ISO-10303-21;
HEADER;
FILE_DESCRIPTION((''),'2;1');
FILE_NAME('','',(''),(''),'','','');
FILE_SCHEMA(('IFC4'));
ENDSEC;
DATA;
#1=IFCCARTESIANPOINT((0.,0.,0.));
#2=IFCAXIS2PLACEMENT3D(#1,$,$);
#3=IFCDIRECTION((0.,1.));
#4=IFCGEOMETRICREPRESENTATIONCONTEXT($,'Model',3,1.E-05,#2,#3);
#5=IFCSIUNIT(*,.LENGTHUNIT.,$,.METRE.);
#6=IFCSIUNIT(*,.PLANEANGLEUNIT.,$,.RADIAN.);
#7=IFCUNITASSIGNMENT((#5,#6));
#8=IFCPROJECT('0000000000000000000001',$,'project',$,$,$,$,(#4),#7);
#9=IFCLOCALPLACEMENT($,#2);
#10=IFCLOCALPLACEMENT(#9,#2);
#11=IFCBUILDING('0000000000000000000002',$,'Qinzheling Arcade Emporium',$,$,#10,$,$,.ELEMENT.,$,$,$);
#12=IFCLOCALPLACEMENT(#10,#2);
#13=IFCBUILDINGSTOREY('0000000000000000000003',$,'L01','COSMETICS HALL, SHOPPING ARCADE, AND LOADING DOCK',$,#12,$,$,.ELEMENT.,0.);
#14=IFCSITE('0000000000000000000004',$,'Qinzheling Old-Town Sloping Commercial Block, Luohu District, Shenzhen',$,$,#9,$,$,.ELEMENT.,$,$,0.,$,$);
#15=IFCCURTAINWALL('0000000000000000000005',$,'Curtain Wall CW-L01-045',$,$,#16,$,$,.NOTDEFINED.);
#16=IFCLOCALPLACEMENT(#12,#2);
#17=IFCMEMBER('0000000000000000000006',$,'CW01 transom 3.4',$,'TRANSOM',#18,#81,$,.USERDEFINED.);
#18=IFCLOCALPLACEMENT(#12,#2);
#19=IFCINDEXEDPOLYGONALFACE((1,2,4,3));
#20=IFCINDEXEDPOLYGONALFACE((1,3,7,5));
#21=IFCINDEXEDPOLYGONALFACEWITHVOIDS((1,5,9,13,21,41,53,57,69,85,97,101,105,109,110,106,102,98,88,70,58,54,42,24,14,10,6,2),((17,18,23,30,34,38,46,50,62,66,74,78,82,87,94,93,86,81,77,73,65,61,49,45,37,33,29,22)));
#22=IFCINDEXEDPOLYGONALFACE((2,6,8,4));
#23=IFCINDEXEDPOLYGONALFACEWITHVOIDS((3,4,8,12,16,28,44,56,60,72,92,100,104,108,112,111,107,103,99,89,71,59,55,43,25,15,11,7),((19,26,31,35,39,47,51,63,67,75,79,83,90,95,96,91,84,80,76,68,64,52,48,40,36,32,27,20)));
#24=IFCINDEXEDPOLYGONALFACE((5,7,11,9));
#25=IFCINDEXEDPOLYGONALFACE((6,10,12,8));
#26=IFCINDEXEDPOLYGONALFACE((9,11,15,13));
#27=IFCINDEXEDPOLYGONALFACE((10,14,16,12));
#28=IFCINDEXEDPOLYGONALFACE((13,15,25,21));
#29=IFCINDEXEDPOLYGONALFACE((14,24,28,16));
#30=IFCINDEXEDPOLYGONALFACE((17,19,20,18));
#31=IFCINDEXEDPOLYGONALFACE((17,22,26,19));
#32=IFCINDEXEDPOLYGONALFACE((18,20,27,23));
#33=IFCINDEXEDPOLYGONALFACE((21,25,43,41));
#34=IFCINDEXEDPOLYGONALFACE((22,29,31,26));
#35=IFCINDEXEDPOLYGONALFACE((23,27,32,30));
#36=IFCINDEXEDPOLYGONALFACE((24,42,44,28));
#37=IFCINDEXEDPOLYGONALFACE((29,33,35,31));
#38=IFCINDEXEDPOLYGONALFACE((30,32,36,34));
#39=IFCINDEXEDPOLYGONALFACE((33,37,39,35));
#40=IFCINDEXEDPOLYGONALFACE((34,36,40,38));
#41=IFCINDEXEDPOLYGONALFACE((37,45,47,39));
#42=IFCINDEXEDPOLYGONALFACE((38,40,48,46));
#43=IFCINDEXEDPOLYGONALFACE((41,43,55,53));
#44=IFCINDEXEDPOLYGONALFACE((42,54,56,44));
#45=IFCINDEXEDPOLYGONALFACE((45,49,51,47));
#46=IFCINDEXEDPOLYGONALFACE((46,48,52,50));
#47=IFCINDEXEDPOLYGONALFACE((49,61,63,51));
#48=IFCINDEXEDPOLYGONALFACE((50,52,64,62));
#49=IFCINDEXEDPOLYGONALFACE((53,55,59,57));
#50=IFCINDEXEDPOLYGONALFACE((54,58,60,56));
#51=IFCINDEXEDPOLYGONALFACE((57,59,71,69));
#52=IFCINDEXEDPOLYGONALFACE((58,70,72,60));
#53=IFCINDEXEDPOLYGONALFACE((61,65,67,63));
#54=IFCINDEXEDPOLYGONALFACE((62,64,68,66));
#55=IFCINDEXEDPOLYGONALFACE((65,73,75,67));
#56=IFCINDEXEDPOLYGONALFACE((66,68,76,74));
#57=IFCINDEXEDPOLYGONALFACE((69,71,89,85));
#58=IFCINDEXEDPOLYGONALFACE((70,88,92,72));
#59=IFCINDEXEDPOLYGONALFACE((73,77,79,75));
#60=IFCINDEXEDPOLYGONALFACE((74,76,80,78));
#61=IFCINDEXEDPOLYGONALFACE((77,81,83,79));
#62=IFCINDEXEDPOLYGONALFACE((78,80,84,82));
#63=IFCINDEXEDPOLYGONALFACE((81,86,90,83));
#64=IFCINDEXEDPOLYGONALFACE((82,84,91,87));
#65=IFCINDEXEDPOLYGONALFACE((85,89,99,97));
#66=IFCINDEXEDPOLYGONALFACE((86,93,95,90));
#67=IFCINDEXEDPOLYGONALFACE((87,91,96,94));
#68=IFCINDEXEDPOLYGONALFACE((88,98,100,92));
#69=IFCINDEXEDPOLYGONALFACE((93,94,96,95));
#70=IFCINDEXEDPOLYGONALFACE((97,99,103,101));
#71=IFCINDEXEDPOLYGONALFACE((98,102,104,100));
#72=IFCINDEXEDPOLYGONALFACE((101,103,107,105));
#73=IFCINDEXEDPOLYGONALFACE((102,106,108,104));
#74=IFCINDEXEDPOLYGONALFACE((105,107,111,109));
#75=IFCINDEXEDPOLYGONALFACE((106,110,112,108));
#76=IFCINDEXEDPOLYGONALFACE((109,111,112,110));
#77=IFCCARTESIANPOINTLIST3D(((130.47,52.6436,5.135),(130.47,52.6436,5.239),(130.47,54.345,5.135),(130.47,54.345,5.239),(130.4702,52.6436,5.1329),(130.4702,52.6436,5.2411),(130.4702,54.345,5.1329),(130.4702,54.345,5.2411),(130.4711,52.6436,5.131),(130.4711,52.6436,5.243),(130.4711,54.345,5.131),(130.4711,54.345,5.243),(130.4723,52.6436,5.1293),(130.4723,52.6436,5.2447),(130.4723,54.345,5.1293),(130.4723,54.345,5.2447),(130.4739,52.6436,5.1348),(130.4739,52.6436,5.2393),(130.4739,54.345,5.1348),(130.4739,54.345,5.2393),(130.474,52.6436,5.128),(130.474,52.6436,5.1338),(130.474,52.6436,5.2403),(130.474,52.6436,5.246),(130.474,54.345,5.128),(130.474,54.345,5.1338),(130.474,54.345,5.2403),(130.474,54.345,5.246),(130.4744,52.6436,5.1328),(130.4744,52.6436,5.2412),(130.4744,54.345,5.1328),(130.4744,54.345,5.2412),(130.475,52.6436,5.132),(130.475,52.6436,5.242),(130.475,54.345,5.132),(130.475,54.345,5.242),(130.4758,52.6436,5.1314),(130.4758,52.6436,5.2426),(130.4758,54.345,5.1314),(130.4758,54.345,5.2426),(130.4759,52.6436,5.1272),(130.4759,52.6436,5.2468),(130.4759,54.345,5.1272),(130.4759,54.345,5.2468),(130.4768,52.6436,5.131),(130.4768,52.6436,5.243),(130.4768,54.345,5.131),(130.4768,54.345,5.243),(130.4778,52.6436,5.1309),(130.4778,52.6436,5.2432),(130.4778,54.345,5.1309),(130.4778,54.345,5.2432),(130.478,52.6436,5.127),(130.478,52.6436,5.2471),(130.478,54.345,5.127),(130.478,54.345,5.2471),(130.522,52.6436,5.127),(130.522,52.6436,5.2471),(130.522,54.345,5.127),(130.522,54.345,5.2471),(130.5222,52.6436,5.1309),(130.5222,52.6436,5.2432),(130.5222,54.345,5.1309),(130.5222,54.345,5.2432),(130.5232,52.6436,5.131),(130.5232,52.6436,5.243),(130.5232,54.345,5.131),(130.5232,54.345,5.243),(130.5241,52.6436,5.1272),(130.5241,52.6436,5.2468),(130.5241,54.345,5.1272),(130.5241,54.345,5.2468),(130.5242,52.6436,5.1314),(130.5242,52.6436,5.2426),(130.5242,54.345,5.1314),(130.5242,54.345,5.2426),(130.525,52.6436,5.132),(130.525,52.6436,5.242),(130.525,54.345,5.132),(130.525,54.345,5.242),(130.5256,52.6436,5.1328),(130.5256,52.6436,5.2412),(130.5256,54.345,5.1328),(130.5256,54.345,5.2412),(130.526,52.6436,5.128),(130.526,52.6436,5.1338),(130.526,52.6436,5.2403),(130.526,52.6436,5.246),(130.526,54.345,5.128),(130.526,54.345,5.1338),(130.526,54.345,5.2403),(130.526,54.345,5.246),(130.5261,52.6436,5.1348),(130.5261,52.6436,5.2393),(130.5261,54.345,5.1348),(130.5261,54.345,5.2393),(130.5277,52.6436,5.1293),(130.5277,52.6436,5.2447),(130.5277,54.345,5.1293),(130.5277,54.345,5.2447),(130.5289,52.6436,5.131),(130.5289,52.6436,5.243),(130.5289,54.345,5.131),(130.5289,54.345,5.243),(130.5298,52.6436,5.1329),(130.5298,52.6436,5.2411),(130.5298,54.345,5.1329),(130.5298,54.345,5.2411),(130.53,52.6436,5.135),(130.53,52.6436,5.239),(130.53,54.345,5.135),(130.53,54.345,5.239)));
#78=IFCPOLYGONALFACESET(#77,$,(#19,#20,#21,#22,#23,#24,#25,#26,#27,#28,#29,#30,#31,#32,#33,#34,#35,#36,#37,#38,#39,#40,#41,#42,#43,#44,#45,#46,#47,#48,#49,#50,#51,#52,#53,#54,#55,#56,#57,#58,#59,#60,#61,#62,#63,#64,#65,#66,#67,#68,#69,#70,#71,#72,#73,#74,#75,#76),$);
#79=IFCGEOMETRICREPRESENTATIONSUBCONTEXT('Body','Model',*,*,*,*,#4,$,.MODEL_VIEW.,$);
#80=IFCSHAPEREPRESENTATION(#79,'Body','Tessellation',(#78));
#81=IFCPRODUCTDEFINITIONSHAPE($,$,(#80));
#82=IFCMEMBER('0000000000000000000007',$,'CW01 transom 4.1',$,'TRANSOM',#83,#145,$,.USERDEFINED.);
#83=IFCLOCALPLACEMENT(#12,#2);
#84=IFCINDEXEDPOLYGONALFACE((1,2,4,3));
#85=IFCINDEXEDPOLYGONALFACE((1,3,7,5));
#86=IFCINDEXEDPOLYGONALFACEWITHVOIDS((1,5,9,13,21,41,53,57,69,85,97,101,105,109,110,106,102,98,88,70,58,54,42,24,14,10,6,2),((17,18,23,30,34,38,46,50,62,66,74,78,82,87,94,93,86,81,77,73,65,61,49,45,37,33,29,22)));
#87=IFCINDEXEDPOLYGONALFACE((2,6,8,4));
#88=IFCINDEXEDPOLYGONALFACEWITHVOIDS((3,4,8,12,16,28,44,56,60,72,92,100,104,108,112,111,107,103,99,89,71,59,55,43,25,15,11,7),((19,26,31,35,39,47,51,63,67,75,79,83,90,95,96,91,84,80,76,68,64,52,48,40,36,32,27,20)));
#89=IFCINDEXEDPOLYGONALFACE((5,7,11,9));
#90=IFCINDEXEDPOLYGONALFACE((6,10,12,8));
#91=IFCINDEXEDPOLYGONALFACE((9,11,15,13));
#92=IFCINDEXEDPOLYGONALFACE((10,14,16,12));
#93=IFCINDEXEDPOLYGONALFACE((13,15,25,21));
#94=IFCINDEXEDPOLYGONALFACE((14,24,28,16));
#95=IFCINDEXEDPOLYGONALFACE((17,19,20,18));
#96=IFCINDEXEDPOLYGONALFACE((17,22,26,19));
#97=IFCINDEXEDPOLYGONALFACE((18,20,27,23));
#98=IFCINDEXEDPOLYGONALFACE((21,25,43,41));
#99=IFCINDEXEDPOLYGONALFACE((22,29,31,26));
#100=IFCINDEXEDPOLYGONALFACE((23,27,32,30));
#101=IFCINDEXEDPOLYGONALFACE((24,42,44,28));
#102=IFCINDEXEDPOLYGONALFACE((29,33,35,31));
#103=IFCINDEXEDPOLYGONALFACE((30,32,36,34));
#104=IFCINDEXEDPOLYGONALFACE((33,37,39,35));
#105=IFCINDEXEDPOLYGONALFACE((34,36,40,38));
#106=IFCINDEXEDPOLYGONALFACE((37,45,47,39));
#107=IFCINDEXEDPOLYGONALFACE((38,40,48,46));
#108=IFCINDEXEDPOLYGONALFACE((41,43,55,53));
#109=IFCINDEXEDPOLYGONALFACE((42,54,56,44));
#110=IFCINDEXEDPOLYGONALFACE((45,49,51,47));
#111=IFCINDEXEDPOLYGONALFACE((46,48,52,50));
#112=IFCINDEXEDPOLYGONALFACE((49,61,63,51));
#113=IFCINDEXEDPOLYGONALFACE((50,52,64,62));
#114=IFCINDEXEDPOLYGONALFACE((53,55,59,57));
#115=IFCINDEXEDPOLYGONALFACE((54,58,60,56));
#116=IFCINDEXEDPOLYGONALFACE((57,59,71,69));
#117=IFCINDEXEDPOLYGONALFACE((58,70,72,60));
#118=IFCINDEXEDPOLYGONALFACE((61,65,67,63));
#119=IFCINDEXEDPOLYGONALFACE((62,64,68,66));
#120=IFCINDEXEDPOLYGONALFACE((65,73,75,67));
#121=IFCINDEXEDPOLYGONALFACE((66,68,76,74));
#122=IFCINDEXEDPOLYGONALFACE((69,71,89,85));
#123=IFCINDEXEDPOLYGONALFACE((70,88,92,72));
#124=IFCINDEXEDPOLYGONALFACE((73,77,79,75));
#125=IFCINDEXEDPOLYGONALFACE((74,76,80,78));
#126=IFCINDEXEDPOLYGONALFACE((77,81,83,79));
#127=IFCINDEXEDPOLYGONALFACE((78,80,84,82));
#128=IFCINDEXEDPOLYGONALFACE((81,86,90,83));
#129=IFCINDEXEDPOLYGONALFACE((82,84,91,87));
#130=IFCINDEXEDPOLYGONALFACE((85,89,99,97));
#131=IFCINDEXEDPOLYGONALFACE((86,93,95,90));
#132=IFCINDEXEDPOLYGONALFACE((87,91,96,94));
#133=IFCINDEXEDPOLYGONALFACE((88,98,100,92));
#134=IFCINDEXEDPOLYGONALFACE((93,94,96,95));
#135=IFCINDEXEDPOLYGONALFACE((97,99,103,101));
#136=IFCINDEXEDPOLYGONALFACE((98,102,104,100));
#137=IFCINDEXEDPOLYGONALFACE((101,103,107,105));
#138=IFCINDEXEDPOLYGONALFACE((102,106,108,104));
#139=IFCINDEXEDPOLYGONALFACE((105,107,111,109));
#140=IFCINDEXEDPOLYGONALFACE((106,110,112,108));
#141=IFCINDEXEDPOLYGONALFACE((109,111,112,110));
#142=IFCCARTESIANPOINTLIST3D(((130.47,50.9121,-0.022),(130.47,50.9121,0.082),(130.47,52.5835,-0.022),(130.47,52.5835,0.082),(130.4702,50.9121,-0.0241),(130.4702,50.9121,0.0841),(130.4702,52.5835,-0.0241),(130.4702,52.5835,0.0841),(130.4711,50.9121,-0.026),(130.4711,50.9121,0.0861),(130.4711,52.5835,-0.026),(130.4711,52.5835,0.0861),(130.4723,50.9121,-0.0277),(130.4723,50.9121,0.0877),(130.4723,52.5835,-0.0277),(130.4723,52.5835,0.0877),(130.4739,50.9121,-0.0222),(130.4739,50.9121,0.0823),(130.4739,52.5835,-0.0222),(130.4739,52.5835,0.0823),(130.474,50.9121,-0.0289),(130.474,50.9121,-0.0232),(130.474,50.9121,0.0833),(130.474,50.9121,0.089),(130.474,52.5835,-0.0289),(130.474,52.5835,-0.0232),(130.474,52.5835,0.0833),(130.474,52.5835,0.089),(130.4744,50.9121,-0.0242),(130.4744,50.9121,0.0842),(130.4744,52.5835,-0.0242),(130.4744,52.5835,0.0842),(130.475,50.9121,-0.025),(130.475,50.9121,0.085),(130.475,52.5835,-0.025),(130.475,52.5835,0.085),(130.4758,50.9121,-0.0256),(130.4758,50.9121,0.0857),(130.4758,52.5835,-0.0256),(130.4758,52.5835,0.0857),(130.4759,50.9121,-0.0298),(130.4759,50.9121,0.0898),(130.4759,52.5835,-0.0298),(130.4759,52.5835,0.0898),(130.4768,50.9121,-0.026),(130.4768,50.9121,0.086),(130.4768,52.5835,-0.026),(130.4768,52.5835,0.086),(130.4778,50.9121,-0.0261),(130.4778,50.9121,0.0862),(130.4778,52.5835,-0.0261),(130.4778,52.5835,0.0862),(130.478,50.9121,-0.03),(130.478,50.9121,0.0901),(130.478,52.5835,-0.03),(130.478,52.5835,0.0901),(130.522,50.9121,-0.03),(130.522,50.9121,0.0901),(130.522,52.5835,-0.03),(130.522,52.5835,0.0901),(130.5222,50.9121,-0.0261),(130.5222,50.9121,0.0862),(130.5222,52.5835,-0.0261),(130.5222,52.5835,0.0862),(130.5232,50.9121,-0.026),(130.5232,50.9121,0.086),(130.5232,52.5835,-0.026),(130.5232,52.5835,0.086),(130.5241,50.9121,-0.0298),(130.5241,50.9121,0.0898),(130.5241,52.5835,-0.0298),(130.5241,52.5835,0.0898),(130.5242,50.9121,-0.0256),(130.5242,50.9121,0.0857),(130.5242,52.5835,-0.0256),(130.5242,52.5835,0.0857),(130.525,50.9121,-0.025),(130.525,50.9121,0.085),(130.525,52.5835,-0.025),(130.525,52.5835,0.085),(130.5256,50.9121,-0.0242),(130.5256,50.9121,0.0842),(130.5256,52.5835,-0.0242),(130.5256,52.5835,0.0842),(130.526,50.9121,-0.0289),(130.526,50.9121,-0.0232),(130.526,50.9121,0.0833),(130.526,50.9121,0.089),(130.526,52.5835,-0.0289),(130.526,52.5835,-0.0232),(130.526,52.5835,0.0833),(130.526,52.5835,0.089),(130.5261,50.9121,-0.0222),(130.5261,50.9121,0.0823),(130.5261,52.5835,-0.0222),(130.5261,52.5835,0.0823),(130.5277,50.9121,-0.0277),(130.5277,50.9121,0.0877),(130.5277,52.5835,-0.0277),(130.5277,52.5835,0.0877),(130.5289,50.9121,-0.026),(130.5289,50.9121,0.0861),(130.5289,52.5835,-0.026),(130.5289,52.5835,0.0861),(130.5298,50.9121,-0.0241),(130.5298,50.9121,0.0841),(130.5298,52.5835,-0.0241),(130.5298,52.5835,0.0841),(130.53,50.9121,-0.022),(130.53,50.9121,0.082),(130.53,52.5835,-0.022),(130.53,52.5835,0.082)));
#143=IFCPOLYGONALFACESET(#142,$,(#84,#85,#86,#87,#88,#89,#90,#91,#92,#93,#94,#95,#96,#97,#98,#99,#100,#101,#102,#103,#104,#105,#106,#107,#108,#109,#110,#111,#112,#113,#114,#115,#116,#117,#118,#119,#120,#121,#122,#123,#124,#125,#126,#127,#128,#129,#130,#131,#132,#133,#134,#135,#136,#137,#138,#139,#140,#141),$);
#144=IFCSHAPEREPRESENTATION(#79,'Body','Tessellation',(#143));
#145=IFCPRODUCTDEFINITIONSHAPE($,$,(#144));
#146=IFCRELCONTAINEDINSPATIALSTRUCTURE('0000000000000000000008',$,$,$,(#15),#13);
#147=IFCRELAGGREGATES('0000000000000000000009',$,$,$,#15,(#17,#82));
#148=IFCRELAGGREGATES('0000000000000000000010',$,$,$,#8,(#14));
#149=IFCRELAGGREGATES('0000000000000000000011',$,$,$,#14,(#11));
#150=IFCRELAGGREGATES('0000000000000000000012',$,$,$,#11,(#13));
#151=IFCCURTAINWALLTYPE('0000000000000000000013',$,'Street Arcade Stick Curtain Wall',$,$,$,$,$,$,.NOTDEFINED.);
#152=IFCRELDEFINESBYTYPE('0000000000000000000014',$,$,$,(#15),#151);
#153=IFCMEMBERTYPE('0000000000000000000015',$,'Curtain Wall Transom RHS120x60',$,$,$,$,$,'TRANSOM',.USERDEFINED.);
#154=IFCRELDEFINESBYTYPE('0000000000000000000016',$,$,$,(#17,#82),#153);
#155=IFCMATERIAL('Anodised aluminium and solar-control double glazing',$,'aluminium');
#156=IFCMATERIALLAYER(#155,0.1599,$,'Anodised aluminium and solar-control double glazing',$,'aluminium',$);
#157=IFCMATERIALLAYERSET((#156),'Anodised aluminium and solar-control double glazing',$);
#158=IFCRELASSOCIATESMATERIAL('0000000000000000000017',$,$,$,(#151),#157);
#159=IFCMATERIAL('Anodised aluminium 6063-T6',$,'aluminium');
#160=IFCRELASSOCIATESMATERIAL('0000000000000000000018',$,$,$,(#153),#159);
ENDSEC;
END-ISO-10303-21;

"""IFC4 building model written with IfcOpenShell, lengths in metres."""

from ifc_helpers import new_model, si_unit, direction, frame, origin, origin_2d, place, context, subcontext, project, spatial, hollow_rectangle, extrude, material, layer, layer_set, material_profile, profile_set, type_object, element, aggregate, save


model = new_model("IFC4")

# Units and contexts
model_context = context("Model", 3, precision=1e-05, world=origin(), true_north=direction((0.0, 1.0)))
body_context = subcontext(model_context, "Body", "Model", "MODEL_VIEW")
ifc_project = project(units=[si_unit("LENGTHUNIT", "METRE"), si_unit("PLANEANGLEUNIT", "RADIAN")], contexts=[model_context])

# Site, building, storey
site_placement = place(None, origin())
site = spatial("IfcSite", under=ifc_project, at=site_placement, Name="Qinzheling Old-Town Sloping Commercial Block, Luohu District, Shenzhen", CompositionType="ELEMENT", RefElevation=0.0)
building_placement = place(site_placement, origin())
building = spatial("IfcBuilding", under=site, at=building_placement, Name="Qinzheling Arcade Emporium", CompositionType="ELEMENT")
storey_placement = place(building_placement, origin())
storey = spatial("IfcBuildingStorey", under=building, at=storey_placement, Name="L01", Description="COSMETICS HALL, SHOPPING ARCADE, AND LOADING DOCK", CompositionType="ELEMENT", Elevation=0.0)

# Shared definitions
ifc_material_1 = material(Name="Anodised aluminium and solar-control double glazing", Category="aluminium")
ifc_layer_1 = layer(ifc_material_1, 0.1599, Name="Anodised aluminium and solar-control double glazing", Category="aluminium")
ifc_layer_set_1 = layer_set([ifc_layer_1], Name="Anodised aluminium and solar-control double glazing")
curtain_wall_type = type_object("IfcCurtainWallType", Name="Street Arcade Stick Curtain Wall", PredefinedType="NOTDEFINED", material=ifc_layer_set_1)
ifc_material_2 = material(Name="Anodised aluminium 6063-T6", Category="aluminium")

# Curtain wall, members
curtain_wall_1_placement = place(storey_placement, origin())
curtain_wall_1 = element("IfcCurtainWall", 1, at=curtain_wall_1_placement, inside=storey, type_object=curtain_wall_type, Name="Curtain Wall CW-L01-045", PredefinedType="NOTDEFINED")
ifc_material_profile_1 = material_profile(ifc_material_2, hollow_rectangle(XDim=0.0601, YDim=0.1201, WallThickness=0.0039, InnerFilletRadius=0.0039, OuterFilletRadius=0.0081, at=origin_2d()), Name="RHS 120x60x4", Category="aluminium")
ifc_profile_set_1 = profile_set([ifc_material_profile_1], Name="Anodised aluminium 6063-T6")
member_type_1 = type_object("IfcMemberType", Name="Curtain Wall Transom RHS120x60", ElementType="TRANSOM", PredefinedType="USERDEFINED", material=ifc_profile_set_1)
member_1_placement = place(storey_placement, frame((130.5, 54.345, 5.187), z_axis=(0.0, -1.0, 0.0), x_axis=(1.0, 0.0, 0.0)))
member_1 = element("IfcMember", 2, at=member_1_placement, type_object=member_type_1, Name="CW01 transom 3.4", ObjectType="TRANSOM", PredefinedType="USERDEFINED", context=body_context, shape_type="SweptSolid", body=[
    extrude(hollow_rectangle(XDim=0.0601, YDim=0.1201, WallThickness=0.0039, InnerFilletRadius=0.0039, OuterFilletRadius=0.0081, at=origin_2d()), origin(), (0.0, 0.0, 1.0), 1.7014),
])
member_2_placement = place(storey_placement, frame((130.5, 52.5835, 0.03), z_axis=(0.0, -1.0, 0.0), x_axis=(1.0, 0.0, 0.0)))
member_2 = element("IfcMember", 3, at=member_2_placement, type_object=member_type_1, Name="CW01 transom 4.1", ObjectType="TRANSOM", PredefinedType="USERDEFINED", context=body_context, shape_type="SweptSolid", body=[
    extrude(hollow_rectangle(XDim=0.0601, YDim=0.1201, WallThickness=0.0039, InnerFilletRadius=0.0039, OuterFilletRadius=0.0081, at=origin_2d()), origin(), (0.0, 0.0, 1.0), 1.6714),
])

aggregate(curtain_wall_1, [member_1, member_2])

save(model, "model.ifc")
